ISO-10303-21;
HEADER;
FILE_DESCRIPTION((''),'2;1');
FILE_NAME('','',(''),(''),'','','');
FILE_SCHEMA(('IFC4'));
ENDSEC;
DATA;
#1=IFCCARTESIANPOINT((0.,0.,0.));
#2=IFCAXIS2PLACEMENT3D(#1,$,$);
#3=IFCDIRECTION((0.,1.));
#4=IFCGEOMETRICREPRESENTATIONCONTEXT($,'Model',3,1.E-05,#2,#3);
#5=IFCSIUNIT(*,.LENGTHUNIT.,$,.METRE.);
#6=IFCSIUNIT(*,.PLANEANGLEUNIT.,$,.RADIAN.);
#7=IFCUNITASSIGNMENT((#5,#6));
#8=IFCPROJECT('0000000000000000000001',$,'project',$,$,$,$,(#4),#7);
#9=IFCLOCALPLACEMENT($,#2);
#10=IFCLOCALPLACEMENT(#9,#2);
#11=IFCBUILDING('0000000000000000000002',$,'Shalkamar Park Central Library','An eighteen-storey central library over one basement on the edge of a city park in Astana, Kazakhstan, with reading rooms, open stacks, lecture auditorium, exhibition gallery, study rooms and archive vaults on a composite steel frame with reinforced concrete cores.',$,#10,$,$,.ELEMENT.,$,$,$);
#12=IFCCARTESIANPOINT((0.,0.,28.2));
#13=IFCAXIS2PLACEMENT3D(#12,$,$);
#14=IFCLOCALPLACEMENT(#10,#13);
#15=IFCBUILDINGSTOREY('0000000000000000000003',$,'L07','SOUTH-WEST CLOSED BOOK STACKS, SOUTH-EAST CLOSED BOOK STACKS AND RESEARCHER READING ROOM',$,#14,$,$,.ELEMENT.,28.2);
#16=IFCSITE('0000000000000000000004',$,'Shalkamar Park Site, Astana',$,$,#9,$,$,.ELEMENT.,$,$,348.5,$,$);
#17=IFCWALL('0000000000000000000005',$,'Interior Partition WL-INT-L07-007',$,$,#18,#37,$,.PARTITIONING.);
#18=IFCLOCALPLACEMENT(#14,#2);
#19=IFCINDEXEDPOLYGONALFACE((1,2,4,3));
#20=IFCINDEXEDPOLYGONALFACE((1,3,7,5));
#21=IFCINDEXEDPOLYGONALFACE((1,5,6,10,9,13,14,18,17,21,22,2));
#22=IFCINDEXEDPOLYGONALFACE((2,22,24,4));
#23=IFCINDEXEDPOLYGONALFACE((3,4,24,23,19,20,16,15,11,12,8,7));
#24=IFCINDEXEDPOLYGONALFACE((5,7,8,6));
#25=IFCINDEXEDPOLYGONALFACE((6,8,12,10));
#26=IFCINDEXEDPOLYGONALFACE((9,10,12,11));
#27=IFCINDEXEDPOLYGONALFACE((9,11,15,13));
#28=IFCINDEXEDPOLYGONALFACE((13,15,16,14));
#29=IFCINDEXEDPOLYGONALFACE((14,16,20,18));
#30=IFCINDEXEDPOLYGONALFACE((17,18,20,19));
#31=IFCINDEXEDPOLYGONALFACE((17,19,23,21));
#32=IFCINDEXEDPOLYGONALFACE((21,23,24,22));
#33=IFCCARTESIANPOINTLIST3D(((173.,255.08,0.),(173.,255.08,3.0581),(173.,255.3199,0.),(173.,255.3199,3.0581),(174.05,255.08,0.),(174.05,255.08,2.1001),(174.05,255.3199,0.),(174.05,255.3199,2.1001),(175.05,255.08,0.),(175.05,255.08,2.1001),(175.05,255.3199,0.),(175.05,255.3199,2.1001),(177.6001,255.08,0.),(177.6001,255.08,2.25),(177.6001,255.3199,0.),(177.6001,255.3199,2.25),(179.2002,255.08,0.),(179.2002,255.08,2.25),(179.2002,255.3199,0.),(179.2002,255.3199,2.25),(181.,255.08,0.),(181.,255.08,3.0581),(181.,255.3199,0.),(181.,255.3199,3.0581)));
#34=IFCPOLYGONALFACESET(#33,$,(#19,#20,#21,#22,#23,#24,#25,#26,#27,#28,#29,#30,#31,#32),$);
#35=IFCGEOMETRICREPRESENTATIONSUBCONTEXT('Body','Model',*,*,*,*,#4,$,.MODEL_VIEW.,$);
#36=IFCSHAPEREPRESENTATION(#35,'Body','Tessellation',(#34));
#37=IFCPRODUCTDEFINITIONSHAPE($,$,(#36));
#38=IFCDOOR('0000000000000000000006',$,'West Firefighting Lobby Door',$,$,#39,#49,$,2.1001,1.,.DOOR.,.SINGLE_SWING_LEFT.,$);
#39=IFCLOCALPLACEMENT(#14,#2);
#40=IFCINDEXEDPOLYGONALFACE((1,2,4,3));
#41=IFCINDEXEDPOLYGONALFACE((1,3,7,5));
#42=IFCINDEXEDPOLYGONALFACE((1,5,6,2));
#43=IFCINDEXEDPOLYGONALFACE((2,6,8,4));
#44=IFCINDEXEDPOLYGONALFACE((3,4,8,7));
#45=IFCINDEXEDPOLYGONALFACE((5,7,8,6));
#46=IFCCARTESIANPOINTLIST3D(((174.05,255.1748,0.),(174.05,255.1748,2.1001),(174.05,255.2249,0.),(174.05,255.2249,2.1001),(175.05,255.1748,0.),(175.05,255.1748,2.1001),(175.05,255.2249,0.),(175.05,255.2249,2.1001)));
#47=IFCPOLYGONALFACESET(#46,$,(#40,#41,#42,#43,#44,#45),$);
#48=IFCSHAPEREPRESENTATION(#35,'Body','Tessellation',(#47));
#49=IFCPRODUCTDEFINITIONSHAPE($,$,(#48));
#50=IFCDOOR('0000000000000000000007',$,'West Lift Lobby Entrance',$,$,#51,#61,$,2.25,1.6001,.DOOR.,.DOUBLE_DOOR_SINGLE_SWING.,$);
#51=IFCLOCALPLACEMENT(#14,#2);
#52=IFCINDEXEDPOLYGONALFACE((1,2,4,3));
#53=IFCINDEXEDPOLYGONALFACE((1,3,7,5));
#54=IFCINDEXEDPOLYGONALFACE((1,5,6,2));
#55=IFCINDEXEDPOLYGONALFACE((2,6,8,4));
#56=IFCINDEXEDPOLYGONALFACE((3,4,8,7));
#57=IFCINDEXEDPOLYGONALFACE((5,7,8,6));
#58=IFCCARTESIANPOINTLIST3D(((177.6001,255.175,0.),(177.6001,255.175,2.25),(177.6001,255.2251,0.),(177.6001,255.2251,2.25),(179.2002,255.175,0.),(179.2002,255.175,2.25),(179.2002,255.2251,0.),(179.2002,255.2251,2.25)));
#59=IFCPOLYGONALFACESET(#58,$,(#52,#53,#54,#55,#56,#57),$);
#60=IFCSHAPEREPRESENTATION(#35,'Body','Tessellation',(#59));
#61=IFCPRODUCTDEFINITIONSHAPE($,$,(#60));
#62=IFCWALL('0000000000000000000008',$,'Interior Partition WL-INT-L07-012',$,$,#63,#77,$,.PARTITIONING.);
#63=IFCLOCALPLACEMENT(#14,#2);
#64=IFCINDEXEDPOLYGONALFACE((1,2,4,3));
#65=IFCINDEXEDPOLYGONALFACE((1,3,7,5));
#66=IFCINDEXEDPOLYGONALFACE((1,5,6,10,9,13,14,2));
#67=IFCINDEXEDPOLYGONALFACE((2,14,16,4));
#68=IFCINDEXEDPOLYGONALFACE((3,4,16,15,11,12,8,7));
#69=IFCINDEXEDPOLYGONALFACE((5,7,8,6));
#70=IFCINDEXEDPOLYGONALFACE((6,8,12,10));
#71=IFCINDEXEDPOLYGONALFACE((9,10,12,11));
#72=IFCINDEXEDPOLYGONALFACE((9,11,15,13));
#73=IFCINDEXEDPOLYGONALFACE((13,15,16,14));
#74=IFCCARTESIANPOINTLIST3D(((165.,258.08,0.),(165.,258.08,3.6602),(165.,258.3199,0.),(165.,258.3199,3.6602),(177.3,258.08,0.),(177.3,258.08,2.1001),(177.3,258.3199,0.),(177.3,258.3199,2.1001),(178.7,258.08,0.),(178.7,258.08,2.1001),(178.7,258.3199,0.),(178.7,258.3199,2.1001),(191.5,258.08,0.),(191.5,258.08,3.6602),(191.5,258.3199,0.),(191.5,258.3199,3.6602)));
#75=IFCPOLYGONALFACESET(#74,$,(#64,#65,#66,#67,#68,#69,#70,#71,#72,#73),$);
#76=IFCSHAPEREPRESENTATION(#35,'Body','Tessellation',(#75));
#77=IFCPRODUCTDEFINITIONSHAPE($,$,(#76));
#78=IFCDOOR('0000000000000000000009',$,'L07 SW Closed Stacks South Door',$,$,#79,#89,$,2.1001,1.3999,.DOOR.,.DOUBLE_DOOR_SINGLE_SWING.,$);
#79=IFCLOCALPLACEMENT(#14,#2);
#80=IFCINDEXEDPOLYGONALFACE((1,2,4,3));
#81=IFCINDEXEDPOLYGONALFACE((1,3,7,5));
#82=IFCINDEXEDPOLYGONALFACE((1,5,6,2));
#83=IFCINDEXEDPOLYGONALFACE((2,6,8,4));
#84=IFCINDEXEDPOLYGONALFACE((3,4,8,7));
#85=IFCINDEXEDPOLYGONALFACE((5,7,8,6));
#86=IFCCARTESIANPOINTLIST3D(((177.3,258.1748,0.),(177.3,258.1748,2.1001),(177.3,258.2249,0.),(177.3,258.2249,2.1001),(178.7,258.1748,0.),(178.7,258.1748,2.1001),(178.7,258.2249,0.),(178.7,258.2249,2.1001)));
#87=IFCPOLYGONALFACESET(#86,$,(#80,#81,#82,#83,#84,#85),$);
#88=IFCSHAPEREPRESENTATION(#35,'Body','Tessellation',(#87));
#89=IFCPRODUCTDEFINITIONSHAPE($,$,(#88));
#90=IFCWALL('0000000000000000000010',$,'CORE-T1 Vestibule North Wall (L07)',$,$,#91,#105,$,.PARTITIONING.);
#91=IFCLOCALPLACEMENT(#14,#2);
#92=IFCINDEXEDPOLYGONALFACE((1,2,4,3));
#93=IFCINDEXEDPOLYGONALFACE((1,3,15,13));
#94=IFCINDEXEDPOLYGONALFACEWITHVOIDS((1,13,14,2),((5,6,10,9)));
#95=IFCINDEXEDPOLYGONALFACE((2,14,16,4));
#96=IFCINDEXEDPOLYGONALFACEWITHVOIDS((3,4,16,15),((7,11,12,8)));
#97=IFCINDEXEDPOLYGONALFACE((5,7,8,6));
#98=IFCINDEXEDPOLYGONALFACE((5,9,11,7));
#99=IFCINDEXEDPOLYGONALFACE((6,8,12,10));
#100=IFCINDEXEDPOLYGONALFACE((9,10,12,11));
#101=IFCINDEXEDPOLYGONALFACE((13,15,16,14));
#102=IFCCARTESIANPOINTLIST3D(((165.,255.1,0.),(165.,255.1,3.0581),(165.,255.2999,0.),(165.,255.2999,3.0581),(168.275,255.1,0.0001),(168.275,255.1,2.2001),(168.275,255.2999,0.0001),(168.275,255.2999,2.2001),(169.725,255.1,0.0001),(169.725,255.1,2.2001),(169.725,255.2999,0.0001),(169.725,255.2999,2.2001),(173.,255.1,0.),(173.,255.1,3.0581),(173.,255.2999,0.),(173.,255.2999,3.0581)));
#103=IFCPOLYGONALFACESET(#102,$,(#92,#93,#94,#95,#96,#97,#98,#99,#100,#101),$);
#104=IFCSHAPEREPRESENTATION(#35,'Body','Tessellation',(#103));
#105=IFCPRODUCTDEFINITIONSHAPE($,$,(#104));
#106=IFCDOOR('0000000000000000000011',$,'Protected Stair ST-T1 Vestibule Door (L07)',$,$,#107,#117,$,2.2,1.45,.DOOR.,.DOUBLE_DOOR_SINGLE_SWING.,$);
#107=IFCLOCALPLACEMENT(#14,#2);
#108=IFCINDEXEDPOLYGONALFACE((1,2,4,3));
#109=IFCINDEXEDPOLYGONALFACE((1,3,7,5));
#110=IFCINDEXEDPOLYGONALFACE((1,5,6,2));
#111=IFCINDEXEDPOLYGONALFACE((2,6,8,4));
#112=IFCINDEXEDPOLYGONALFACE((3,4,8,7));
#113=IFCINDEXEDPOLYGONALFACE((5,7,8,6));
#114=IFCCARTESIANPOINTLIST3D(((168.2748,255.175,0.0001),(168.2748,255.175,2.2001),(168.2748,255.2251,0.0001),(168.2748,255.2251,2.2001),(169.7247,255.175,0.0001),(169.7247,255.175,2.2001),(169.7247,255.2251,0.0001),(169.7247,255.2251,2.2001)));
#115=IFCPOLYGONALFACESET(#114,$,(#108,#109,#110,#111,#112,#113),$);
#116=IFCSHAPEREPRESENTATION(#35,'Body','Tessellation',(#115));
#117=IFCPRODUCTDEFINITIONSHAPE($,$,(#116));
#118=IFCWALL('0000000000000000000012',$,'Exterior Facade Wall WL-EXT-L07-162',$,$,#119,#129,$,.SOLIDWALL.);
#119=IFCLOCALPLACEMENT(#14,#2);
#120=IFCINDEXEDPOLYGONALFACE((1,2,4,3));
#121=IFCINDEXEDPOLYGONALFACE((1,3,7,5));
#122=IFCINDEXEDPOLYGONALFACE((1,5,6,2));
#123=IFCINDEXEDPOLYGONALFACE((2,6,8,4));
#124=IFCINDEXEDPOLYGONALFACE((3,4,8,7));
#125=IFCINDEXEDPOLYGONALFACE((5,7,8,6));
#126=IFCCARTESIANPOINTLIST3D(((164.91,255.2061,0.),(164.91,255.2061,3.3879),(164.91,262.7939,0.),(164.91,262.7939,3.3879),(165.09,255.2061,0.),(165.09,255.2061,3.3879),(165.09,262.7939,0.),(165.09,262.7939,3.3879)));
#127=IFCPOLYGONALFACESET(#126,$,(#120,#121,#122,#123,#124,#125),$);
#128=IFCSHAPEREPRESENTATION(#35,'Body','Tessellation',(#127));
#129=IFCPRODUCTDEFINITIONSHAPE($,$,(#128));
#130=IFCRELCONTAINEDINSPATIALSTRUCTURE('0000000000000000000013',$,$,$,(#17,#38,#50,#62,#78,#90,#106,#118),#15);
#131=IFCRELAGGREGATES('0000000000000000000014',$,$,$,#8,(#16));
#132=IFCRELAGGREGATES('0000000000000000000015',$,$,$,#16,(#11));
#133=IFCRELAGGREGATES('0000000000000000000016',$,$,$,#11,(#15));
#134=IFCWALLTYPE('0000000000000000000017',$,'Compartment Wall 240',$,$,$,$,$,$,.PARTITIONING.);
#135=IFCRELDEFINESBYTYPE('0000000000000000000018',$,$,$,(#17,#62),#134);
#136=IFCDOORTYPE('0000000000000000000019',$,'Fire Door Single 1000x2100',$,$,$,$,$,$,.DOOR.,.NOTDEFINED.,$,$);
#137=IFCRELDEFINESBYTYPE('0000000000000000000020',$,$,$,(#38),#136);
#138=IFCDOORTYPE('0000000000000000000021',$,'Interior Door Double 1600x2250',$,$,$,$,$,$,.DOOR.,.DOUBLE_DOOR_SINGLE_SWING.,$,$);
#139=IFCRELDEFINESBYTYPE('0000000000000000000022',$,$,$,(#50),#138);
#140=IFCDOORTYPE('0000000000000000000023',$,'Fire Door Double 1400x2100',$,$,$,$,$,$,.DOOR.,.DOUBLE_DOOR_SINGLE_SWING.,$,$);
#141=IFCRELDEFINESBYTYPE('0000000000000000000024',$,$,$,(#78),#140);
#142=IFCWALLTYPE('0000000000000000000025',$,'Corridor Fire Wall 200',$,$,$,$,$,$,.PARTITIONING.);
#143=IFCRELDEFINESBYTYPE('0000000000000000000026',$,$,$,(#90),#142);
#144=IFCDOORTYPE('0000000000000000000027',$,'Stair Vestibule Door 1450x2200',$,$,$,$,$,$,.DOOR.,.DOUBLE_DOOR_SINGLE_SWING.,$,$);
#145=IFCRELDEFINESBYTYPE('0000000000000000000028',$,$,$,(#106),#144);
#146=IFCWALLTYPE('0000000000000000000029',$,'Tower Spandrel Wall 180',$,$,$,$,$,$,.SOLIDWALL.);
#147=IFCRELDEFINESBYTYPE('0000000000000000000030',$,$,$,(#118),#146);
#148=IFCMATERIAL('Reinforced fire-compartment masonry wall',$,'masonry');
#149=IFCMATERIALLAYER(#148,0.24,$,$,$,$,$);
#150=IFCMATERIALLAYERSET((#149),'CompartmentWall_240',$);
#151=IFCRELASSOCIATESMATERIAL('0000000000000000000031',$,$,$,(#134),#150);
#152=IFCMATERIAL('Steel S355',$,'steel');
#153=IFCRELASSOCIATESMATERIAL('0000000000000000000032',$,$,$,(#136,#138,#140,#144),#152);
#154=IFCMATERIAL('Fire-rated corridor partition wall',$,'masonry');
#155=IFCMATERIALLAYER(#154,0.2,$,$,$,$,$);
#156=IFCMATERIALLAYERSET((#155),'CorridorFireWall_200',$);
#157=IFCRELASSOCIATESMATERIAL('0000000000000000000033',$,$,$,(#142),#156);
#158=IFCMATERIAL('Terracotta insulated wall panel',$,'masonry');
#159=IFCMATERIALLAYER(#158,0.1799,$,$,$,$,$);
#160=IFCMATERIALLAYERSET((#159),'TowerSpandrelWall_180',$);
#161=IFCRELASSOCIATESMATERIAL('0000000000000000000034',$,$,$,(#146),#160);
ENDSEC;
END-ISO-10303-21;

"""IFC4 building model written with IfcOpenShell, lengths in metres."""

from ifc_helpers import new_model, si_unit, direction, frame, frame_2d, origin, place, context, subcontext, project, spatial, rectangle, extrude, material, layer, layer_set, type_object, element, fill, save


model = new_model("IFC4")

# Units and contexts
model_context = context("Model", 3, precision=1e-05, world=origin(), true_north=direction((0.0, 1.0)))
body_context = subcontext(model_context, "Body", "Model", "MODEL_VIEW")
ifc_project = project(units=[si_unit("LENGTHUNIT", "METRE"), si_unit("PLANEANGLEUNIT", "RADIAN")], contexts=[model_context])

# Site, building, storey
site_placement = place(None, origin())
site = spatial("IfcSite", under=ifc_project, at=site_placement, Name="Shalkamar Park Site, Astana", CompositionType="ELEMENT", RefElevation=348.5)
building_placement = place(site_placement, origin())
building = spatial("IfcBuilding", under=site, at=building_placement, Name="Shalkamar Park Central Library", Description="An eighteen-storey central library over one basement on the edge of a city park in Astana, Kazakhstan, with reading rooms, open stacks, lecture auditorium, exhibition gallery, study rooms and archive vaults on a composite steel frame with reinforced concrete cores.", CompositionType="ELEMENT")
storey_placement = place(building_placement, frame((0.0, 0.0, 28.2)))
storey = spatial("IfcBuildingStorey", under=building, at=storey_placement, Name="L07", Description="SOUTH-WEST CLOSED BOOK STACKS, SOUTH-EAST CLOSED BOOK STACKS AND RESEARCHER READING ROOM", CompositionType="ELEMENT", Elevation=28.2)

# Shared definitions
ifc_material_1 = material(Name="Steel S355", Category="steel")

# Wall, openings, doors
ifc_material_2 = material(Name="Reinforced fire-compartment masonry wall", Category="masonry")
ifc_layer_1 = layer(ifc_material_2, 0.24)
ifc_layer_set_1 = layer_set([ifc_layer_1], Name="CompartmentWall_240")
wall_type_1 = type_object("IfcWallType", Name="Compartment Wall 240", PredefinedType="PARTITIONING", material=ifc_layer_set_1)
wall_1_placement = place(storey_placement, frame((173.0, 255.2, 0.0), z_axis=(0.0, 0.0, 1.0), x_axis=(1.0, 0.0, 0.0)))
wall_1 = element("IfcWall", 1, at=wall_1_placement, inside=storey, type_object=wall_type_1, Name="Interior Partition WL-INT-L07-007", PredefinedType="PARTITIONING", context=body_context, shape_type="SweptSolid", body=[
    extrude(rectangle(XDim=8.0, YDim=0.24, at=frame_2d((4.0, 0.0))), origin(), (0.0, 0.0, 1.0), 3.0581),
])
opening_1_placement = place(wall_1_placement, frame((1.05, 0.0, 0.0)))
opening_1 = element("IfcOpeningElement", 2, at=opening_1_placement, cuts=wall_1, PredefinedType="OPENING", context=body_context, shape_type="SweptSolid", body=[
    extrude(rectangle(XDim=1.0, YDim=2.1001, at=frame_2d((0.5, 1.05))), frame((0.0, 0.1348, 0.0), z_axis=(0.0, -1.0, 0.0), x_axis=(1.0, 0.0, 0.0)), (0.0, 0.0, 1.0), 0.2698),
])
opening_2_placement = place(wall_1_placement, frame((4.6001, 0.0, 0.0)))
opening_2 = element("IfcOpeningElement", 3, at=opening_2_placement, cuts=wall_1, PredefinedType="OPENING", context=body_context, shape_type="SweptSolid", body=[
    extrude(rectangle(XDim=1.6001, YDim=2.25, at=frame_2d((0.8, 1.125))), frame((0.0, 0.1348, 0.0), z_axis=(0.0, -1.0, 0.0), x_axis=(1.0, 0.0, 0.0)), (0.0, 0.0, 1.0), 0.2698),
])
door_type_1 = type_object("IfcDoorType", Name="Fire Door Single 1000x2100", OperationType="NOTDEFINED", PredefinedType="DOOR", material=ifc_material_1)
door_1_placement = place(opening_1_placement, origin())
door_1 = element("IfcDoor", 4, at=door_1_placement, inside=storey, type_object=door_type_1, Name="West Firefighting Lobby Door", OperationType="SINGLE_SWING_LEFT", OverallHeight=2.1001, OverallWidth=1.0, PredefinedType="DOOR", context=body_context, shape_type="SweptSolid", body=[
    extrude(rectangle(XDim=1.0, YDim=2.1001, at=frame_2d((0.5, 1.05))), frame((0.0, 0.0249, 0.0), z_axis=(0.0, -1.0, 0.0), x_axis=(1.0, 0.0, 0.0)), (0.0, 0.0, 1.0), 0.05),
])
fill(opening_1, door_1)
door_type_2 = type_object("IfcDoorType", Name="Interior Door Double 1600x2250", OperationType="DOUBLE_DOOR_SINGLE_SWING", PredefinedType="DOOR", material=ifc_material_1)
door_2_placement = place(opening_2_placement, frame((1.6001, 0.0, 0.0), z_axis=(0.0, 0.0, 1.0), x_axis=(-1.0, 0.0, 0.0)))
door_2 = element("IfcDoor", 5, at=door_2_placement, inside=storey, type_object=door_type_2, Name="West Lift Lobby Entrance", OperationType="DOUBLE_DOOR_SINGLE_SWING", OverallHeight=2.25, OverallWidth=1.6001, PredefinedType="DOOR", context=body_context, shape_type="SweptSolid", body=[
    extrude(rectangle(XDim=1.6001, YDim=2.25, at=frame_2d((0.8, 1.125))), frame((0.0, 0.0249, 0.0), z_axis=(0.0, -1.0, 0.0), x_axis=(1.0, 0.0, 0.0)), (0.0, 0.0, 1.0), 0.05),
])
fill(opening_2, door_2)

# Walls, openings, doors
wall_2_placement = place(storey_placement, frame((165.0, 258.2, 0.0), z_axis=(0.0, 0.0, 1.0), x_axis=(1.0, 0.0, 0.0)))
wall_2 = element("IfcWall", 6, at=wall_2_placement, inside=storey, type_object=wall_type_1, Name="Interior Partition WL-INT-L07-012", PredefinedType="PARTITIONING", context=body_context, shape_type="SweptSolid", body=[
    extrude(rectangle(XDim=26.5, YDim=0.24, at=frame_2d((13.25, 0.0))), origin(), (0.0, 0.0, 1.0), 3.6602),
])
opening_3_placement = place(wall_2_placement, frame((12.3, 0.0, 0.0)))
opening_3 = element("IfcOpeningElement", 7, at=opening_3_placement, cuts=wall_2, PredefinedType="OPENING", context=body_context, shape_type="SweptSolid", body=[
    extrude(rectangle(XDim=1.3999, YDim=2.1001, at=frame_2d((0.7, 1.05))), frame((0.0, 0.1348, 0.0), z_axis=(0.0, -1.0, 0.0), x_axis=(1.0, 0.0, 0.0)), (0.0, 0.0, 1.0), 0.2698),
])
door_type_3 = type_object("IfcDoorType", Name="Fire Door Double 1400x2100", OperationType="DOUBLE_DOOR_SINGLE_SWING", PredefinedType="DOOR", material=ifc_material_1)
door_3_placement = place(opening_3_placement, origin())
door_3 = element("IfcDoor", 8, at=door_3_placement, inside=storey, type_object=door_type_3, Name="L07 SW Closed Stacks South Door", OperationType="DOUBLE_DOOR_SINGLE_SWING", OverallHeight=2.1001, OverallWidth=1.3999, PredefinedType="DOOR", context=body_context, shape_type="SweptSolid", body=[
    extrude(rectangle(XDim=1.3999, YDim=2.1001, at=frame_2d((0.7, 1.05))), frame((0.0, 0.0249, 0.0), z_axis=(0.0, -1.0, 0.0), x_axis=(1.0, 0.0, 0.0)), (0.0, 0.0, 1.0), 0.05),
])
fill(opening_3, door_3)
ifc_material_3 = material(Name="Fire-rated corridor partition wall", Category="masonry")
ifc_layer_2 = layer(ifc_material_3, 0.2)
ifc_layer_set_2 = layer_set([ifc_layer_2], Name="CorridorFireWall_200")
wall_type_2 = type_object("IfcWallType", Name="Corridor Fire Wall 200", PredefinedType="PARTITIONING", material=ifc_layer_set_2)
wall_3_placement = place(storey_placement, frame((165.0, 255.2, 0.0), z_axis=(0.0, 0.0, 1.0), x_axis=(1.0, 0.0, 0.0)))
wall_3 = element("IfcWall", 9, at=wall_3_placement, inside=storey, type_object=wall_type_2, Name="CORE-T1 Vestibule North Wall (L07)", PredefinedType="PARTITIONING", context=body_context, shape_type="SweptSolid", body=[
    extrude(rectangle(XDim=8.0, YDim=0.2, at=frame_2d((4.0, 0.0))), origin(), (0.0, 0.0, 1.0), 3.0581),
])
opening_4_placement = place(wall_3_placement, frame((3.2749, 0.0, 0.0)))
opening_4 = element("IfcOpeningElement", 10, at=opening_4_placement, cuts=wall_3, PredefinedType="OPENING", context=body_context, shape_type="SweptSolid", body=[
    extrude(rectangle(XDim=1.45, YDim=2.2, at=frame_2d((0.7251, 1.1001))), frame((0.0, 0.1147, 0.0), z_axis=(0.0, -1.0, 0.0), x_axis=(1.0, 0.0, 0.0)), (0.0, 0.0, 1.0), 0.2297),
])
door_type_4 = type_object("IfcDoorType", Name="Stair Vestibule Door 1450x2200", OperationType="DOUBLE_DOOR_SINGLE_SWING", PredefinedType="DOOR", material=ifc_material_1)
door_4_placement = place(opening_4_placement, frame((1.45, 0.0, 0.0), z_axis=(0.0, 0.0, 1.0), x_axis=(-1.0, 0.0, 0.0)))
door_4 = element("IfcDoor", 11, at=door_4_placement, inside=storey, type_object=door_type_4, Name="Protected Stair ST-T1 Vestibule Door (L07)", OperationType="DOUBLE_DOOR_SINGLE_SWING", OverallHeight=2.2, OverallWidth=1.45, PredefinedType="DOOR", context=body_context, shape_type="SweptSolid", body=[
    extrude(rectangle(XDim=1.45, YDim=2.2, at=frame_2d((0.7251, 1.1001))), frame((0.0, 0.0249, 0.0), z_axis=(0.0, -1.0, 0.0), x_axis=(1.0, 0.0, 0.0)), (0.0, 0.0, 1.0), 0.05),
])
fill(opening_4, door_4)

# Wall
ifc_material_4 = material(Name="Terracotta insulated wall panel", Category="masonry")
ifc_layer_3 = layer(ifc_material_4, 0.1799)
ifc_layer_set_3 = layer_set([ifc_layer_3], Name="TowerSpandrelWall_180")
wall_type_3 = type_object("IfcWallType", Name="Tower Spandrel Wall 180", PredefinedType="SOLIDWALL", material=ifc_layer_set_3)
wall_4_placement = place(storey_placement, frame((165.0, 255.2061, 0.0), z_axis=(0.0, 0.0, 1.0), x_axis=(0.0, 1.0, 0.0)))
element("IfcWall", 12, at=wall_4_placement, inside=storey, type_object=wall_type_3, Name="Exterior Facade Wall WL-EXT-L07-162", PredefinedType="SOLIDWALL", context=body_context, shape_type="SweptSolid", body=[
    extrude(rectangle(XDim=7.5879, YDim=0.1799, at=frame_2d((3.7939, 0.0))), origin(), (0.0, 0.0, 1.0), 3.3879),
])

save(model, "model.ifc")
